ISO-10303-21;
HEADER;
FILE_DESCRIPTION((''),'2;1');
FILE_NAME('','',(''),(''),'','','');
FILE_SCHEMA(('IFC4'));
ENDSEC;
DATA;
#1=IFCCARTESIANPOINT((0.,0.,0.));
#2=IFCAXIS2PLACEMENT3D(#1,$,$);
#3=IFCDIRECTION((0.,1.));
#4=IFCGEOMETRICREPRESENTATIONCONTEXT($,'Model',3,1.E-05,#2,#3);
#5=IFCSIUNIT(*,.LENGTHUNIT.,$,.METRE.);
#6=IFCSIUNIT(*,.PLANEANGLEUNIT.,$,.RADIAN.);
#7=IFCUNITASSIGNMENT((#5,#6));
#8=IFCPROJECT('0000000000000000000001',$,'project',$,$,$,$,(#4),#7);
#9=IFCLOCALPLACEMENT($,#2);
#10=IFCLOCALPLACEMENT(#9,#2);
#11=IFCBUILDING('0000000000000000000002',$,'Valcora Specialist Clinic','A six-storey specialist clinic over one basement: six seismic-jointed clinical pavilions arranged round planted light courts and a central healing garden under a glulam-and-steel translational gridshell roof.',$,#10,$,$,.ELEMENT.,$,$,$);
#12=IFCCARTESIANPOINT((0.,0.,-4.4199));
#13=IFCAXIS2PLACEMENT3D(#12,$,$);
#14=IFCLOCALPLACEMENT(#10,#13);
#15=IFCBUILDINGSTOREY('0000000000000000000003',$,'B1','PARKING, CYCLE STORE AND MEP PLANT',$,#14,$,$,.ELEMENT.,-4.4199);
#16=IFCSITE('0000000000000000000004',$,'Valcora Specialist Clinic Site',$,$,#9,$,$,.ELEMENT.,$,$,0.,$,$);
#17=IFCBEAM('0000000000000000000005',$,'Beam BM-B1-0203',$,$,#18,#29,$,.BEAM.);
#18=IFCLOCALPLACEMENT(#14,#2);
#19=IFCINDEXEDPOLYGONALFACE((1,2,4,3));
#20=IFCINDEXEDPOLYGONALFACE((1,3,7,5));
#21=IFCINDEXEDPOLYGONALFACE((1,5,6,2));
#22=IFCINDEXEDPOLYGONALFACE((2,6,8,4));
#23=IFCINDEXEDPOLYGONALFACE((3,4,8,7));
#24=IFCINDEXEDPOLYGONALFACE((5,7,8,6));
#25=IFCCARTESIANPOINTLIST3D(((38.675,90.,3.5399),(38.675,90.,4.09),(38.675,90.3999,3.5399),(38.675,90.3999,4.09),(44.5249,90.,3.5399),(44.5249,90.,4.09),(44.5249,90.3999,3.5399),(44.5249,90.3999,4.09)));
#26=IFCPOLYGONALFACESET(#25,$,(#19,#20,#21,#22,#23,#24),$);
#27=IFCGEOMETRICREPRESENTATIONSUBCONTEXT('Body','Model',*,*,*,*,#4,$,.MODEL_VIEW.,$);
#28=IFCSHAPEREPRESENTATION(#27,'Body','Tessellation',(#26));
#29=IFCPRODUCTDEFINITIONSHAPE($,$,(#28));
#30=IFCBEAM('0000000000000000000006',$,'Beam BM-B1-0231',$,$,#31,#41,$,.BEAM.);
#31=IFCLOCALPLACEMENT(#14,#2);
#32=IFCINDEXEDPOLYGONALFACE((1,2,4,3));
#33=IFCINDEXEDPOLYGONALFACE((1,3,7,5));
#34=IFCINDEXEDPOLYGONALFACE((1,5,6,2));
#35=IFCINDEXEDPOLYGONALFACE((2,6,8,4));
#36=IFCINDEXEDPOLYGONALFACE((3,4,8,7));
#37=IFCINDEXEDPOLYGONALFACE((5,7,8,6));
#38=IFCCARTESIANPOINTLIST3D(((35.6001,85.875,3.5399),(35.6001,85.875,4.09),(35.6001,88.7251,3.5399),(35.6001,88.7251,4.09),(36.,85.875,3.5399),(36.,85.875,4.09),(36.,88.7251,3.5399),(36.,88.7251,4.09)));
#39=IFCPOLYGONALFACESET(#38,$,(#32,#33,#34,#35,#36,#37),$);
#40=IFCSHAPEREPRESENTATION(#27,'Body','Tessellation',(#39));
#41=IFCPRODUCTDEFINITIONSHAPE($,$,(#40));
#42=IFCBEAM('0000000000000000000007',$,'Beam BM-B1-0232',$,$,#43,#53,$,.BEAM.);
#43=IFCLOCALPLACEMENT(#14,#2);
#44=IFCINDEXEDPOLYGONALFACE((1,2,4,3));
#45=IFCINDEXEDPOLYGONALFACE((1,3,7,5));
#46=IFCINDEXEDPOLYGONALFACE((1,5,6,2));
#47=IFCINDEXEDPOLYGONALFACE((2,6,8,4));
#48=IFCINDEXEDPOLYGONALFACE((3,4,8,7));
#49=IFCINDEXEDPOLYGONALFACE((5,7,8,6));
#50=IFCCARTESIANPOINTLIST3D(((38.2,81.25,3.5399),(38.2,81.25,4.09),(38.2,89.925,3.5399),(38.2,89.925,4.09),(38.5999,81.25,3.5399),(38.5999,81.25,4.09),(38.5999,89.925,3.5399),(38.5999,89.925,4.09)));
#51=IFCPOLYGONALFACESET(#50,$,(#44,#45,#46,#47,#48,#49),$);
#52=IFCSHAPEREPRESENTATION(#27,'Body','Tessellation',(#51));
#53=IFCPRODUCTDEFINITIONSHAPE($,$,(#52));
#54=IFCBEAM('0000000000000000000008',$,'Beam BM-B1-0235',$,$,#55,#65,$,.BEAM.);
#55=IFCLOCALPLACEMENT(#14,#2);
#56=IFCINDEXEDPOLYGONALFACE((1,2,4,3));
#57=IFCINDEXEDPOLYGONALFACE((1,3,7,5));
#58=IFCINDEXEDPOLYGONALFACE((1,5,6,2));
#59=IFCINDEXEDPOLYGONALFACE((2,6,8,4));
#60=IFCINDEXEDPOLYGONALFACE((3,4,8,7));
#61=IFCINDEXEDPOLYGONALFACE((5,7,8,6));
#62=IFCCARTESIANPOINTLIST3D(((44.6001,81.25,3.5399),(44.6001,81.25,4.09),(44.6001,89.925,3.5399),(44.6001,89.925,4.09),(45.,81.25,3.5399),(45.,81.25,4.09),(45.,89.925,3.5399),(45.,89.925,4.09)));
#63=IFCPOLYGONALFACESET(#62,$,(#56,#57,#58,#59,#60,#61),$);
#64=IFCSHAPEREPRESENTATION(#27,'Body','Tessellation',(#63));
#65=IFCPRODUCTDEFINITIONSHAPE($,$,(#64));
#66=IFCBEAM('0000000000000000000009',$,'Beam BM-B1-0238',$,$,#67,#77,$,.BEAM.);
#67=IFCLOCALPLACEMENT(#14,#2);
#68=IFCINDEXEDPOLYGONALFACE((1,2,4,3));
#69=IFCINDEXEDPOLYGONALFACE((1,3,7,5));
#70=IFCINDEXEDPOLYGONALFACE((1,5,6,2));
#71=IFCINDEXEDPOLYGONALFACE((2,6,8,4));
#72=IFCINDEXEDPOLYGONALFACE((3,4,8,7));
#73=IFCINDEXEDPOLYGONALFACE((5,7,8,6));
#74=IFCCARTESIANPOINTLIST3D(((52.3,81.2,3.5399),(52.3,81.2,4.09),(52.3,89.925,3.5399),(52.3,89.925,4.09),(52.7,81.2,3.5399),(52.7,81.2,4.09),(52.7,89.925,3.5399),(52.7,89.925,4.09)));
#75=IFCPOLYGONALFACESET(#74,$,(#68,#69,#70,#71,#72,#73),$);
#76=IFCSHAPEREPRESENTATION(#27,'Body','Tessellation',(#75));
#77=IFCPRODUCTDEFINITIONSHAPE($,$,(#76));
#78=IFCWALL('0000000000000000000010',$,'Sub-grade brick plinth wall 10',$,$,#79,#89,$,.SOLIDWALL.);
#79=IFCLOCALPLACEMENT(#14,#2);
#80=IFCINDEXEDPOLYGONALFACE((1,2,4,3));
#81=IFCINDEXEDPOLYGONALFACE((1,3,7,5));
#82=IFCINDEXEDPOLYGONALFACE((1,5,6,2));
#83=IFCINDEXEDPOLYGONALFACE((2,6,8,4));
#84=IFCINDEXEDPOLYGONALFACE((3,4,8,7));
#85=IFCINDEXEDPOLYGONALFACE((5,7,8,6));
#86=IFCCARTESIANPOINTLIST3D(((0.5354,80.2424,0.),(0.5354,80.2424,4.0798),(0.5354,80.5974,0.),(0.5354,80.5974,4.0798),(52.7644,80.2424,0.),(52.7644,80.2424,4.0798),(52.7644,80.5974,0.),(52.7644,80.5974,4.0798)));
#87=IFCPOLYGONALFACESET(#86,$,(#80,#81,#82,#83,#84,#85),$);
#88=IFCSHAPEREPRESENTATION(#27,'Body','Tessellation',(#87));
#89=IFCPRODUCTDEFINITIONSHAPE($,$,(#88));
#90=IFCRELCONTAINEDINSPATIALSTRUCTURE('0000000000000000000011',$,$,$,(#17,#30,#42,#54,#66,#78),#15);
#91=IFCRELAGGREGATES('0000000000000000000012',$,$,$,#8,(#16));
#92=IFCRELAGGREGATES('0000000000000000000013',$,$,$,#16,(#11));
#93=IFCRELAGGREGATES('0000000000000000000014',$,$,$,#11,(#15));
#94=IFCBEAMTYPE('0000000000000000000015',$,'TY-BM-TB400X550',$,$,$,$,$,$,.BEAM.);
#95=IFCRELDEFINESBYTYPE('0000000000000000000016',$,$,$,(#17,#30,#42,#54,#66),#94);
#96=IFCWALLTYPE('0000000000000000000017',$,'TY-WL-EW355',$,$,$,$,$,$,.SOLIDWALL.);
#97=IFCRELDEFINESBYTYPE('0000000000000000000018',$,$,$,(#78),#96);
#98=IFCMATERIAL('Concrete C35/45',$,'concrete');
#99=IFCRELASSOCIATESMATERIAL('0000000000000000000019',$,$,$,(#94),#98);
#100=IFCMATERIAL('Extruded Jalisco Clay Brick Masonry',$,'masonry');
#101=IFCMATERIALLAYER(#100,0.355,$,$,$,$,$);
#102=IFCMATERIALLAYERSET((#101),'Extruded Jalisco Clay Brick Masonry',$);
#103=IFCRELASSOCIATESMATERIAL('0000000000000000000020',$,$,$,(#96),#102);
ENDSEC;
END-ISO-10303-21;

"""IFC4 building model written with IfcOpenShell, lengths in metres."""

from ifc_helpers import new_model, si_unit, direction, frame, frame_2d, origin, origin_2d, place, context, subcontext, project, spatial, rectangle, extrude, material, layer, layer_set, material_profile, profile_set, type_object, element, save


model = new_model("IFC4")

# Units and contexts
model_context = context("Model", 3, precision=1e-05, world=origin(), true_north=direction((0.0, 1.0)))
body_context = subcontext(model_context, "Body", "Model", "MODEL_VIEW")
ifc_project = project(units=[si_unit("LENGTHUNIT", "METRE"), si_unit("PLANEANGLEUNIT", "RADIAN")], contexts=[model_context])

# Site, building, storey
site_placement = place(None, origin())
site = spatial("IfcSite", under=ifc_project, at=site_placement, Name="Valcora Specialist Clinic Site", CompositionType="ELEMENT", RefElevation=0.0)
building_placement = place(site_placement, origin())
building = spatial("IfcBuilding", under=site, at=building_placement, Name="Valcora Specialist Clinic", Description="A six-storey specialist clinic over one basement: six seismic-jointed clinical pavilions arranged round planted light courts and a central healing garden under a glulam-and-steel translational gridshell roof.", CompositionType="ELEMENT")
storey_placement = place(building_placement, frame((0.0, 0.0, -4.4199)))
storey = spatial("IfcBuildingStorey", under=building, at=storey_placement, Name="B1", Description="PARKING, CYCLE STORE AND MEP PLANT", CompositionType="ELEMENT", Elevation=-4.4199)

# Shared definitions
ifc_material_1 = material(Name="Concrete C35/45", Category="concrete")

# Beams
ifc_material_profile_1 = material_profile(ifc_material_1, rectangle(XDim=0.3999, YDim=0.55, at=origin_2d()), Name="RC-TB-400X550")
ifc_profile_set_1 = profile_set([ifc_material_profile_1], Name="Concrete C35/45")
beam_type = type_object("IfcBeamType", Name="TY-BM-TB400X550", PredefinedType="BEAM", material=ifc_profile_set_1)
beam_1_placement = place(storey_placement, frame((38.675, 90.2, 3.8149), z_axis=(1.0, 0.0, 0.0), x_axis=(0.0, 1.0, 0.0)))
element("IfcBeam", 1, at=beam_1_placement, inside=storey, type_object=beam_type, Name="Beam BM-B1-0203", PredefinedType="BEAM", context=body_context, shape_type="SweptSolid", body=[
    extrude(rectangle(XDim=0.3999, YDim=0.55, at=origin_2d()), origin(), (0.0, 0.0, 1.0), 5.8499),
])
beam_2_placement = place(storey_placement, frame((35.8, 85.875, 3.8149), z_axis=(0.0, 1.0, 0.0), x_axis=(-1.0, 0.0, 0.0)))
element("IfcBeam", 2, at=beam_2_placement, inside=storey, type_object=beam_type, Name="Beam BM-B1-0231", PredefinedType="BEAM", context=body_context, shape_type="SweptSolid", body=[
    extrude(rectangle(XDim=0.3999, YDim=0.55, at=origin_2d()), origin(), (0.0, 0.0, 1.0), 2.8501),
])
for number, where, z_axis, x_axis, name in (
    (3, (38.3999, 81.25, 3.8149), (0.0, 1.0, 0.0), (-1.0, 0.0, 0.0), "Beam BM-B1-0232"),
    (4, (44.8, 81.25, 3.8149), (0.0, 1.0, 0.0), (-1.0, 0.0, 0.0), "Beam BM-B1-0235"),
):
    element("IfcBeam", number, at=place(storey_placement, frame(where, z_axis=z_axis, x_axis=x_axis)), inside=storey, type_object=beam_type, Name=name, PredefinedType="BEAM", context=body_context, shape_type="SweptSolid", body=[
        extrude(rectangle(XDim=0.3999, YDim=0.55, at=origin_2d()), origin(), (0.0, 0.0, 1.0), 8.675),
    ])
beam_3_placement = place(storey_placement, frame((52.5, 81.2, 3.8149), z_axis=(0.0, 1.0, 0.0), x_axis=(-1.0, 0.0, 0.0)))
element("IfcBeam", 5, at=beam_3_placement, inside=storey, type_object=beam_type, Name="Beam BM-B1-0238", PredefinedType="BEAM", context=body_context, shape_type="SweptSolid", body=[
    extrude(rectangle(XDim=0.3999, YDim=0.55, at=origin_2d()), origin(), (0.0, 0.0, 1.0), 8.7251),
])

# Wall
ifc_material_2 = material(Name="Extruded Jalisco Clay Brick Masonry", Category="masonry")
ifc_layer = layer(ifc_material_2, 0.355)
ifc_layer_set = layer_set([ifc_layer], Name="Extruded Jalisco Clay Brick Masonry")
wall_type = type_object("IfcWallType", Name="TY-WL-EW355", PredefinedType="SOLIDWALL", material=ifc_layer_set)
wall_placement = place(storey_placement, frame((52.7644, 80.4199, 0.0), z_axis=(0.0, 0.0, 1.0), x_axis=(-1.0, 0.0, 0.0)))
element("IfcWall", 6, at=wall_placement, inside=storey, type_object=wall_type, Name="Sub-grade brick plinth wall 10", PredefinedType="SOLIDWALL", context=body_context, shape_type="SweptSolid", body=[
    extrude(rectangle(XDim=52.229, YDim=0.355, at=frame_2d((26.1145, 0.0))), origin(), (0.0, 0.0, 1.0), 4.0798),
])

save(model, "model.ifc")
